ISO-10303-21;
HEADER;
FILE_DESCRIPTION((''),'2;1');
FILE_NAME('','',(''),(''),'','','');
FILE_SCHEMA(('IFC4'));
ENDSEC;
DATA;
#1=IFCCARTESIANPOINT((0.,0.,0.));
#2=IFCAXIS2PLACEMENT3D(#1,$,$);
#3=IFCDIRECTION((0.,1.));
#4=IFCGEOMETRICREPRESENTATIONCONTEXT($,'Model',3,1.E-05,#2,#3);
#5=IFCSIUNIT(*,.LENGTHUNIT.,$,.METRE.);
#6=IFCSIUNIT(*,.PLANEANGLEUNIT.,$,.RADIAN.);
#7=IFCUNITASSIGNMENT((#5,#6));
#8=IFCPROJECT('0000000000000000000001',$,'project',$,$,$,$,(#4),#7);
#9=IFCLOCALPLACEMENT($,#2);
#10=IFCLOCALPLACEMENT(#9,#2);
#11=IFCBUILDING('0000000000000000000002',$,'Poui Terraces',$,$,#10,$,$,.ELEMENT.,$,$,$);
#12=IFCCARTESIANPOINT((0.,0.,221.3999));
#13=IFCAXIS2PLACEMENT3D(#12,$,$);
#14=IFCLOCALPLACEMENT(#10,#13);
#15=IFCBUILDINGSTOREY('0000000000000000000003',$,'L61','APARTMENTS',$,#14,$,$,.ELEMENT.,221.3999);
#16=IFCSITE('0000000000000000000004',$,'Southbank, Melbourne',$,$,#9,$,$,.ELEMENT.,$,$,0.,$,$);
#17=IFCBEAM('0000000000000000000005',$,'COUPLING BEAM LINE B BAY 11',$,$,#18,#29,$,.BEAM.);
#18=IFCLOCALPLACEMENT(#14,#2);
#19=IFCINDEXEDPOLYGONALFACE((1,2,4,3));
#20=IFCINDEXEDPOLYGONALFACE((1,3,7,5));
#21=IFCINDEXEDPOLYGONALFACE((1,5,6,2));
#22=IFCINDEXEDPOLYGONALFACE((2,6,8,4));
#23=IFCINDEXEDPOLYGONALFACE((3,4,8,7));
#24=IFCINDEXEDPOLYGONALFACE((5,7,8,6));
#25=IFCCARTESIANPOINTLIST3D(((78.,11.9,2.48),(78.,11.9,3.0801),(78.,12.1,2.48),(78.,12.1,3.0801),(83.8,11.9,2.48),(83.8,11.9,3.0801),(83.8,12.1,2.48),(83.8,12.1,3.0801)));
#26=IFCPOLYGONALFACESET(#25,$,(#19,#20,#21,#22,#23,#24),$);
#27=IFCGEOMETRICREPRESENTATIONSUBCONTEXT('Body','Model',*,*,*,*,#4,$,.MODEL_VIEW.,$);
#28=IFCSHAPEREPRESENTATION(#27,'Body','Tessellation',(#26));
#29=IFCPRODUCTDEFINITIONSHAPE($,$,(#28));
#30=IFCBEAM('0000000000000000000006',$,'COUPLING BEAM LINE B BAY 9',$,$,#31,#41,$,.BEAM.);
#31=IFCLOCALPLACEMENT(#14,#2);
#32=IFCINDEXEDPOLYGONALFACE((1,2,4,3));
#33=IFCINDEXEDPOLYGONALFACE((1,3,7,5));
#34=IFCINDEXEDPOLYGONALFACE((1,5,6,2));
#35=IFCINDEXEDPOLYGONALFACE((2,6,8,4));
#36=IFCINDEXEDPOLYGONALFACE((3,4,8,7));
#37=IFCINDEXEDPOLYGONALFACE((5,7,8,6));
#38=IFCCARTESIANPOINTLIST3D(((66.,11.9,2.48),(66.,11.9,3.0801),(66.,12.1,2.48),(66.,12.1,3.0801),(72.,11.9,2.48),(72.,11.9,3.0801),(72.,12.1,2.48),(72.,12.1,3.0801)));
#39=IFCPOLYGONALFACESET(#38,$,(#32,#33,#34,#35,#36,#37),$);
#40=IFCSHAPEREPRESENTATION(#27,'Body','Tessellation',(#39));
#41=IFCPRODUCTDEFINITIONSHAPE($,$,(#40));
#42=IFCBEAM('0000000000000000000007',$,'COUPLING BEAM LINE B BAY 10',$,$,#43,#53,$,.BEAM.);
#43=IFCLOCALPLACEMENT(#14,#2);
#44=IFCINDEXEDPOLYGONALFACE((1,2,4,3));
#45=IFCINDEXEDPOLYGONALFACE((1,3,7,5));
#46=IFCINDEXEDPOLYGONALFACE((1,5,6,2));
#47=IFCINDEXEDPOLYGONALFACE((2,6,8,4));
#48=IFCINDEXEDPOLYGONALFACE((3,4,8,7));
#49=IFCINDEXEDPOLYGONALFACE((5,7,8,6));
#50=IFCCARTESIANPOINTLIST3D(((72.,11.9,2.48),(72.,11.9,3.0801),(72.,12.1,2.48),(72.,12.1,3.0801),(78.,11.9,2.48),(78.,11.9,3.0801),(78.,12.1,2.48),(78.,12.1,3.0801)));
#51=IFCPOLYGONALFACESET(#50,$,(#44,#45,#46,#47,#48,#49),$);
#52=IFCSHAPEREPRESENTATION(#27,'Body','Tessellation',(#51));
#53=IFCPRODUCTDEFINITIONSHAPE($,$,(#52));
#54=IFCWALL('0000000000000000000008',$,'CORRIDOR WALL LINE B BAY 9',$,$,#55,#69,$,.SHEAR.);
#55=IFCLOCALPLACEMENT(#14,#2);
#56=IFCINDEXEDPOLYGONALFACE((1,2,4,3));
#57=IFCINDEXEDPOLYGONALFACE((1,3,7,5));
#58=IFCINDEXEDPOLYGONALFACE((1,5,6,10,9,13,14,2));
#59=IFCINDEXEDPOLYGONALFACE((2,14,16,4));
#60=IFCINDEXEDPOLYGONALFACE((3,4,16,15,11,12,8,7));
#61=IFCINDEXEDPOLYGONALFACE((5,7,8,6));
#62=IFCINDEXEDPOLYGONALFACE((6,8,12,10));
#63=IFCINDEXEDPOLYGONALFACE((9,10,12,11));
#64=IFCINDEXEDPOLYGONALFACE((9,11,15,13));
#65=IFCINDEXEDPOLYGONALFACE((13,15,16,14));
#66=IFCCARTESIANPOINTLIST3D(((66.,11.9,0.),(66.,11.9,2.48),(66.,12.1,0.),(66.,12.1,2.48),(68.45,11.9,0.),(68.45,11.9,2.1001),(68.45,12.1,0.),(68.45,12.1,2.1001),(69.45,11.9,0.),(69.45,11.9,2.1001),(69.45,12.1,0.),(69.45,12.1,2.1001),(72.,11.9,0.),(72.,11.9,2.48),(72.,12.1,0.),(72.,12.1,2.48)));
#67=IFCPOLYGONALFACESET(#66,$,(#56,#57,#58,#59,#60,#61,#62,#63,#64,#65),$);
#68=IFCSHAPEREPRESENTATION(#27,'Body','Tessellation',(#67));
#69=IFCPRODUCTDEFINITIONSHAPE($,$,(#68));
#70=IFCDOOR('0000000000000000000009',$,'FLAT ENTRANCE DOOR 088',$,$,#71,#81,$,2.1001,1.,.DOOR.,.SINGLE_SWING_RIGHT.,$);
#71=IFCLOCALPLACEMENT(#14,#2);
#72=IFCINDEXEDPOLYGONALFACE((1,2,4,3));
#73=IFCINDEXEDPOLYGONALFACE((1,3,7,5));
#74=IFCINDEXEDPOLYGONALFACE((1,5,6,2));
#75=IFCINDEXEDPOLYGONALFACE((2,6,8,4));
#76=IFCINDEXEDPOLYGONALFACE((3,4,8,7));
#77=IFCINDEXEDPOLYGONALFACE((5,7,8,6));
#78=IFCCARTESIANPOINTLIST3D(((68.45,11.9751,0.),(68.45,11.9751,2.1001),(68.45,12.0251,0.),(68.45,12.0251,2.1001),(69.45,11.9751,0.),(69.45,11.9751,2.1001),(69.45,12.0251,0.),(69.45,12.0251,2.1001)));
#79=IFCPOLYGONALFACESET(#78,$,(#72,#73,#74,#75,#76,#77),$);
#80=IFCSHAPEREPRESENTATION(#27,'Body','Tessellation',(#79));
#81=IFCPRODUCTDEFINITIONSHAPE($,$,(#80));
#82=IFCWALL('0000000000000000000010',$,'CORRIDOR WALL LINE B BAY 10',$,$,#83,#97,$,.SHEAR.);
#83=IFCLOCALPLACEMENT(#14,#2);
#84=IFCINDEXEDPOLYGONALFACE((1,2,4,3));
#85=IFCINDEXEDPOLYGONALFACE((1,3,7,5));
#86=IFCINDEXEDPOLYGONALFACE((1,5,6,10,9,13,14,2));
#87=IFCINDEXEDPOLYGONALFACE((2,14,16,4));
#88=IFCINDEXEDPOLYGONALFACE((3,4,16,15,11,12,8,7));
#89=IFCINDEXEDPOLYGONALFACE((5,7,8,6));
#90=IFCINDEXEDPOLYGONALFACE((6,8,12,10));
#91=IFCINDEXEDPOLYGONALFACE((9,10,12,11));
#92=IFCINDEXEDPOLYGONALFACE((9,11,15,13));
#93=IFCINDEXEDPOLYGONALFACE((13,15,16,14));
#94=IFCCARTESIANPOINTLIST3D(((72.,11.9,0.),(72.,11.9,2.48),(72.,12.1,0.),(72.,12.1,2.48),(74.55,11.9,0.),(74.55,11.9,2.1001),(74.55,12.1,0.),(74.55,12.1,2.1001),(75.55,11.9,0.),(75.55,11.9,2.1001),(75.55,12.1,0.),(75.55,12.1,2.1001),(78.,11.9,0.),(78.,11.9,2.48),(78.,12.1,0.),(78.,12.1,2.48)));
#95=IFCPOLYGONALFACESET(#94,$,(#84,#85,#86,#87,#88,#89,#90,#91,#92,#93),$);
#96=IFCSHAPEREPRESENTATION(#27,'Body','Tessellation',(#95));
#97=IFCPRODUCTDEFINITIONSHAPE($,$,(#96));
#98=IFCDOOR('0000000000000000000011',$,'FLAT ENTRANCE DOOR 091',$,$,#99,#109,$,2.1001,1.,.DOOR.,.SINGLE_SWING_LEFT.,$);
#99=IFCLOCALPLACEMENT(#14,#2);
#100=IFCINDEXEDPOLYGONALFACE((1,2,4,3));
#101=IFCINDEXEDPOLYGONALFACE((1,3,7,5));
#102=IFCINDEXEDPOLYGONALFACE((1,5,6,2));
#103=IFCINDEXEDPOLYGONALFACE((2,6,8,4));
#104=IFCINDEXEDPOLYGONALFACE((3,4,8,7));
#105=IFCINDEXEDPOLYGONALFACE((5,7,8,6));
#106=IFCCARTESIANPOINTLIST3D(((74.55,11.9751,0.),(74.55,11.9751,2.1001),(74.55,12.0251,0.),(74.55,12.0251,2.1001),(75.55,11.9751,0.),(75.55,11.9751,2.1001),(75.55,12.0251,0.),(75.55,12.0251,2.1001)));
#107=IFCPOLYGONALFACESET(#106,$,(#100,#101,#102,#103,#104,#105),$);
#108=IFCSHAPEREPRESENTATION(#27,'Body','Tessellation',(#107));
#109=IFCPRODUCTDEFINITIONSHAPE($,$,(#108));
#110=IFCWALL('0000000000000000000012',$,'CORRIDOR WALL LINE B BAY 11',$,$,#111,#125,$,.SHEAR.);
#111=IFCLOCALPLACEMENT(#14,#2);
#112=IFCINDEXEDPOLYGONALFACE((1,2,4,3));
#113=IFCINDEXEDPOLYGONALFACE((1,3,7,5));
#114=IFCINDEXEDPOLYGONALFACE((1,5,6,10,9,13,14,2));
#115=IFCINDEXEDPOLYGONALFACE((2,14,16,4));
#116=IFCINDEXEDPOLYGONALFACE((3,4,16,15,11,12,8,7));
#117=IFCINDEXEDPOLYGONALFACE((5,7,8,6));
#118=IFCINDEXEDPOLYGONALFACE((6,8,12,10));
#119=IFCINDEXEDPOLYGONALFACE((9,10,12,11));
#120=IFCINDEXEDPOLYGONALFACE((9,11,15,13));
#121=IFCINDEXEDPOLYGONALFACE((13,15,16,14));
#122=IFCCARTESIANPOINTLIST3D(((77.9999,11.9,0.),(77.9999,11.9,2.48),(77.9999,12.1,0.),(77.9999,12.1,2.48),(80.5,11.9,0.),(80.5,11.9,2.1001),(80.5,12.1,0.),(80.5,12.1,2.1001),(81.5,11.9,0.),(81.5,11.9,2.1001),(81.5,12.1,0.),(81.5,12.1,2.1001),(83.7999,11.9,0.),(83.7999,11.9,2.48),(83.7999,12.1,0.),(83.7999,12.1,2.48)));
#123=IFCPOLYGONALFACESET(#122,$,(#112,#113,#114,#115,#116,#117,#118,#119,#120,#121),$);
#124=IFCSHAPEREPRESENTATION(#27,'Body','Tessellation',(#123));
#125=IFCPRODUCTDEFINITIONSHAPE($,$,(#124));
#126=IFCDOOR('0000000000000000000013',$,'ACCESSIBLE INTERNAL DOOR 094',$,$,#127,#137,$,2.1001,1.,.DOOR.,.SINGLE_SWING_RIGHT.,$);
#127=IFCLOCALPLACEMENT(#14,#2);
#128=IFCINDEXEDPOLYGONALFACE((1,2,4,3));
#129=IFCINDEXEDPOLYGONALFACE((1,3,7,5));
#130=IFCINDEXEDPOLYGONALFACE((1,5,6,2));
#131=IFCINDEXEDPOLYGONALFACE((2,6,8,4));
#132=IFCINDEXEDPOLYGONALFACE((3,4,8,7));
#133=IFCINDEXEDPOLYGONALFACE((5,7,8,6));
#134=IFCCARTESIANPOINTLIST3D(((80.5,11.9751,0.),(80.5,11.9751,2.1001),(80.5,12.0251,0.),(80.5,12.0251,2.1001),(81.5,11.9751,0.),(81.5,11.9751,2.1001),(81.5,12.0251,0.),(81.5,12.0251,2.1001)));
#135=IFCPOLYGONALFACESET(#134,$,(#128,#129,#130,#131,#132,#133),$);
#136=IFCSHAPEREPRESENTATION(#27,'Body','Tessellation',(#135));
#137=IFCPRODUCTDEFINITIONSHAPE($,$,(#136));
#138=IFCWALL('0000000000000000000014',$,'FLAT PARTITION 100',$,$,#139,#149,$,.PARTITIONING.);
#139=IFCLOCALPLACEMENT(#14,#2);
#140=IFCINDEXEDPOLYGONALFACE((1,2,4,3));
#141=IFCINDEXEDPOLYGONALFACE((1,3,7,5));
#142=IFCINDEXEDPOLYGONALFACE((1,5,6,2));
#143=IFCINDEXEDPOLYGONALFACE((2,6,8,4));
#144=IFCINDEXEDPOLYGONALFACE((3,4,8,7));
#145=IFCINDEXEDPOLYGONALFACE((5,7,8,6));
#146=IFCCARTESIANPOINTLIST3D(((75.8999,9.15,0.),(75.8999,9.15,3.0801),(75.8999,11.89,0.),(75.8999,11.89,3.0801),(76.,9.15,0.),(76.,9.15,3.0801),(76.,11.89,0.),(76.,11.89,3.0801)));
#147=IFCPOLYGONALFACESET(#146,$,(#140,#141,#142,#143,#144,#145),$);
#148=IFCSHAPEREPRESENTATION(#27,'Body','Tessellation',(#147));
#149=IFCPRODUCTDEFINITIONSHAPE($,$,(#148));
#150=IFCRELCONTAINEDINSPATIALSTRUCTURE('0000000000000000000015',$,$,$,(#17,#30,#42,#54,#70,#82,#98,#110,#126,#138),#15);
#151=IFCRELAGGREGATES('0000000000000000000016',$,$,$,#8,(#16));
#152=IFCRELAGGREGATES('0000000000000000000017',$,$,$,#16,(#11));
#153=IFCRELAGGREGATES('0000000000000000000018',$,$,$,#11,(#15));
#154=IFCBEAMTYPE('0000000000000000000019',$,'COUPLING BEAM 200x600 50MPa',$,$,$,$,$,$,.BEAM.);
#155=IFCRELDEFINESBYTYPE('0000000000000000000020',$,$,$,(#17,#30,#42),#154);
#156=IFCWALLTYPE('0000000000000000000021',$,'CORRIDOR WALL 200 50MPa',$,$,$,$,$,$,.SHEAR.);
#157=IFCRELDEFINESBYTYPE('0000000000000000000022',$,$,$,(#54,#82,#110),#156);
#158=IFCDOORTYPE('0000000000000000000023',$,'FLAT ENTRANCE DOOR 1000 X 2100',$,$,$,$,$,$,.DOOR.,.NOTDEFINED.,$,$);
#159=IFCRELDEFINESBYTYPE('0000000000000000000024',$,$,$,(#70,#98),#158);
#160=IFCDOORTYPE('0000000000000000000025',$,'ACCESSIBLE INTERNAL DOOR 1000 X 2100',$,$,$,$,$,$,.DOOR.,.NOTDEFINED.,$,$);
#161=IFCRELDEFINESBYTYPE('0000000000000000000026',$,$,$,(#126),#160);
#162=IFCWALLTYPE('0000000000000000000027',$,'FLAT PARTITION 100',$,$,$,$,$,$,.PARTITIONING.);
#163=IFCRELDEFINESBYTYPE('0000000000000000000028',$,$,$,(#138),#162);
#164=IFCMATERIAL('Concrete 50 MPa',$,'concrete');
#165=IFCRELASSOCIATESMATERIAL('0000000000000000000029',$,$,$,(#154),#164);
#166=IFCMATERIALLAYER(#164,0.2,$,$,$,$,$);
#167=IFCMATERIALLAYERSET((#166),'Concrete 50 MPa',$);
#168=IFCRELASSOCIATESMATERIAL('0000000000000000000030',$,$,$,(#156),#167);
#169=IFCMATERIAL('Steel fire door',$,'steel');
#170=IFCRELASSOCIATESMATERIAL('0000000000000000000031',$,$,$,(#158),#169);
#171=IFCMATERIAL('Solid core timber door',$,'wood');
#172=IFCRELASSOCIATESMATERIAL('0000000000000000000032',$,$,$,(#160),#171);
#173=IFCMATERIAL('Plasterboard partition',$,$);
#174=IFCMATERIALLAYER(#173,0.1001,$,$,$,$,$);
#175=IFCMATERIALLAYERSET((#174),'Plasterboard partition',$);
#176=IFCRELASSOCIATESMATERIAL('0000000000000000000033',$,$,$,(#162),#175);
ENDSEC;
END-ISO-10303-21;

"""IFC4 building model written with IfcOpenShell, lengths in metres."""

from ifc_helpers import new_model, si_unit, direction, frame, frame_2d, origin, origin_2d, place, context, subcontext, project, spatial, rectangle, extrude, source, transform, mapped, material, layer, layer_set, material_profile, profile_set, type_object, element, fill, save


model = new_model("IFC4")

# Units and contexts
model_context = context("Model", 3, precision=1e-05, world=origin(), true_north=direction((0.0, 1.0)))
body_context = subcontext(model_context, "Body", "Model", "MODEL_VIEW")
ifc_project = project(units=[si_unit("LENGTHUNIT", "METRE"), si_unit("PLANEANGLEUNIT", "RADIAN")], contexts=[model_context])

# Site, building, storey
site_placement = place(None, origin())
site = spatial("IfcSite", under=ifc_project, at=site_placement, Name="Southbank, Melbourne", CompositionType="ELEMENT", RefElevation=0.0)
building_placement = place(site_placement, origin())
building = spatial("IfcBuilding", under=site, at=building_placement, Name="Poui Terraces", CompositionType="ELEMENT")
storey_placement = place(building_placement, frame((0.0, 0.0, 221.3999)))
storey = spatial("IfcBuildingStorey", under=building, at=storey_placement, Name="L61", Description="APARTMENTS", CompositionType="ELEMENT", Elevation=221.3999)

# Beams
ifc_material_1 = material(Name="Concrete 50 MPa", Category="concrete")
ifc_material_profile = material_profile(ifc_material_1, rectangle(XDim=0.2, YDim=0.6001, at=origin_2d()), Name="RC 200x600")
ifc_profile_set = profile_set([ifc_material_profile], Name="Concrete 50 MPa")
beam_type = type_object("IfcBeamType", Name="COUPLING BEAM 200x600 50MPa", PredefinedType="BEAM", material=ifc_profile_set)
shared_shape_1 = source(origin(), body_context, "Body", "SweptSolid", [
    extrude(rectangle(XDim=0.2, YDim=0.6001, at=origin_2d()), origin(), (0.0, 0.0, 1.0), 5.8),
])
beam_placement = place(storey_placement, frame((78.0, 12.0, 2.78), z_axis=(1.0, 0.0, 0.0), x_axis=(0.0, 1.0, 0.0)))
element("IfcBeam", 1, at=beam_placement, inside=storey, type_object=beam_type, Name="COUPLING BEAM LINE B BAY 11", PredefinedType="BEAM", context=body_context, shape_type="MappedRepresentation", body=[
    mapped(shared_shape_1, transform((0.0, 0.0, 0.0))),
])
shared_shape_2 = source(origin(), body_context, "Body", "SweptSolid", [
    extrude(rectangle(XDim=0.2, YDim=0.6001, at=origin_2d()), origin(), (0.0, 0.0, 1.0), 6.0),
])
for number, where, z_axis, x_axis, name in (
    (2, (66.0, 12.0, 2.78), (1.0, 0.0, 0.0), (0.0, 1.0, 0.0), "COUPLING BEAM LINE B BAY 9"),
    (3, (72.0, 12.0, 2.78), (1.0, 0.0, 0.0), (0.0, 1.0, 0.0), "COUPLING BEAM LINE B BAY 10"),
):
    element("IfcBeam", number, at=place(storey_placement, frame(where, z_axis=z_axis, x_axis=x_axis)), inside=storey, type_object=beam_type, Name=name, PredefinedType="BEAM", context=body_context, shape_type="MappedRepresentation", body=[
        mapped(shared_shape_2, transform((0.0, 0.0, 0.0))),
    ])

# Walls, openings, doors
ifc_layer_1 = layer(ifc_material_1, 0.2)
ifc_layer_set_1 = layer_set([ifc_layer_1], Name="Concrete 50 MPa")
wall_type_1 = type_object("IfcWallType", Name="CORRIDOR WALL 200 50MPa", PredefinedType="SHEAR", material=ifc_layer_set_1)
wall_1_placement = place(storey_placement, frame((66.0, 12.0, 0.0), z_axis=(0.0, 0.0, 1.0), x_axis=(1.0, 0.0, 0.0)))
wall_1 = element("IfcWall", 4, at=wall_1_placement, inside=storey, type_object=wall_type_1, Name="CORRIDOR WALL LINE B BAY 9", PredefinedType="SHEAR", context=body_context, shape_type="SweptSolid", body=[
    extrude(rectangle(XDim=6.0, YDim=0.2, at=frame_2d((3.0, 0.0))), origin(), (0.0, 0.0, 1.0), 2.48),
])
opening_1_placement = place(wall_1_placement, frame((2.45, 0.0, 0.0)))
opening_1 = element("IfcOpeningElement", 5, at=opening_1_placement, cuts=wall_1, PredefinedType="OPENING", context=body_context, shape_type="SweptSolid", body=[
    extrude(rectangle(XDim=1.0, YDim=2.1001, at=frame_2d((0.5, 1.05))), frame((0.0, 0.1099, 0.0), z_axis=(0.0, -1.0, 0.0), x_axis=(1.0, 0.0, 0.0)), (0.0, 0.0, 1.0), 0.22),
])
ifc_material_2 = material(Name="Steel fire door", Category="steel")
door_type_1 = type_object("IfcDoorType", Name="FLAT ENTRANCE DOOR 1000 X 2100", OperationType="NOTDEFINED", PredefinedType="DOOR", material=ifc_material_2)
door_1_placement = place(opening_1_placement, frame((1.0, 0.0, 0.0), z_axis=(0.0, 0.0, 1.0), x_axis=(-1.0, 0.0, 0.0)))
door_1 = element("IfcDoor", 6, at=door_1_placement, inside=storey, type_object=door_type_1, Name="FLAT ENTRANCE DOOR 088", OperationType="SINGLE_SWING_RIGHT", OverallHeight=2.1001, OverallWidth=1.0, PredefinedType="DOOR", context=body_context, shape_type="SweptSolid", body=[
    extrude(rectangle(XDim=1.0, YDim=2.1001, at=frame_2d((0.5, 1.05))), frame((0.0, 0.0249, 0.0), z_axis=(0.0, -1.0, 0.0), x_axis=(1.0, 0.0, 0.0)), (0.0, 0.0, 1.0), 0.05),
])
fill(opening_1, door_1)
wall_2_placement = place(storey_placement, frame((72.0, 12.0, 0.0), z_axis=(0.0, 0.0, 1.0), x_axis=(1.0, 0.0, 0.0)))
wall_2 = element("IfcWall", 7, at=wall_2_placement, inside=storey, type_object=wall_type_1, Name="CORRIDOR WALL LINE B BAY 10", PredefinedType="SHEAR", context=body_context, shape_type="SweptSolid", body=[
    extrude(rectangle(XDim=6.0, YDim=0.2, at=frame_2d((3.0, 0.0))), origin(), (0.0, 0.0, 1.0), 2.48),
])
opening_2_placement = place(wall_2_placement, frame((2.55, 0.0, 0.0)))
opening_2 = element("IfcOpeningElement", 8, at=opening_2_placement, cuts=wall_2, PredefinedType="OPENING", context=body_context, shape_type="SweptSolid", body=[
    extrude(rectangle(XDim=1.0, YDim=2.1001, at=frame_2d((0.5, 1.05))), frame((0.0, 0.1099, 0.0), z_axis=(0.0, -1.0, 0.0), x_axis=(1.0, 0.0, 0.0)), (0.0, 0.0, 1.0), 0.22),
])
door_2_placement = place(opening_2_placement, frame((1.0, 0.0, 0.0), z_axis=(0.0, 0.0, 1.0), x_axis=(-1.0, 0.0, 0.0)))
door_2 = element("IfcDoor", 9, at=door_2_placement, inside=storey, type_object=door_type_1, Name="FLAT ENTRANCE DOOR 091", OperationType="SINGLE_SWING_LEFT", OverallHeight=2.1001, OverallWidth=1.0, PredefinedType="DOOR", context=body_context, shape_type="SweptSolid", body=[
    extrude(rectangle(XDim=1.0, YDim=2.1001, at=frame_2d((0.5, 1.05))), frame((0.0, 0.0249, 0.0), z_axis=(0.0, -1.0, 0.0), x_axis=(1.0, 0.0, 0.0)), (0.0, 0.0, 1.0), 0.05),
])
fill(opening_2, door_2)
wall_3_placement = place(storey_placement, frame((78.0, 12.0, 0.0), z_axis=(0.0, 0.0, 1.0), x_axis=(1.0, 0.0, 0.0)))
wall_3 = element("IfcWall", 10, at=wall_3_placement, inside=storey, type_object=wall_type_1, Name="CORRIDOR WALL LINE B BAY 11", PredefinedType="SHEAR", context=body_context, shape_type="SweptSolid", body=[
    extrude(rectangle(XDim=5.8, YDim=0.2, at=frame_2d((2.8999, 0.0))), origin(), (0.0, 0.0, 1.0), 2.48),
])
opening_3_placement = place(wall_3_placement, frame((2.5, 0.0, 0.0)))
opening_3 = element("IfcOpeningElement", 11, at=opening_3_placement, cuts=wall_3, PredefinedType="OPENING", context=body_context, shape_type="SweptSolid", body=[
    extrude(rectangle(XDim=1.0, YDim=2.1001, at=frame_2d((0.5, 1.05))), frame((0.0, 0.1099, 0.0), z_axis=(0.0, -1.0, 0.0), x_axis=(1.0, 0.0, 0.0)), (0.0, 0.0, 1.0), 0.22),
])
ifc_material_3 = material(Name="Solid core timber door", Category="wood")
door_type_2 = type_object("IfcDoorType", Name="ACCESSIBLE INTERNAL DOOR 1000 X 2100", OperationType="NOTDEFINED", PredefinedType="DOOR", material=ifc_material_3)
door_3_placement = place(opening_3_placement, frame((1.0, 0.0, 0.0), z_axis=(0.0, 0.0, 1.0), x_axis=(-1.0, 0.0, 0.0)))
door_3 = element("IfcDoor", 12, at=door_3_placement, inside=storey, type_object=door_type_2, Name="ACCESSIBLE INTERNAL DOOR 094", OperationType="SINGLE_SWING_RIGHT", OverallHeight=2.1001, OverallWidth=1.0, PredefinedType="DOOR", context=body_context, shape_type="SweptSolid", body=[
    extrude(rectangle(XDim=1.0, YDim=2.1001, at=frame_2d((0.5, 1.05))), frame((0.0, 0.0249, 0.0), z_axis=(0.0, -1.0, 0.0), x_axis=(1.0, 0.0, 0.0)), (0.0, 0.0, 1.0), 0.05),
])
fill(opening_3, door_3)

# Wall
ifc_material_4 = material(Name="Plasterboard partition")
ifc_layer_2 = layer(ifc_material_4, 0.1001)
ifc_layer_set_2 = layer_set([ifc_layer_2], Name="Plasterboard partition")
wall_type_2 = type_object("IfcWallType", Name="FLAT PARTITION 100", PredefinedType="PARTITIONING", material=ifc_layer_set_2)
wall_4_placement = place(storey_placement, frame((75.95, 9.1499, 0.0), z_axis=(0.0, 0.0, 1.0), x_axis=(0.0, 1.0, 0.0)))
element("IfcWall", 13, at=wall_4_placement, inside=storey, type_object=wall_type_2, Name="FLAT PARTITION 100", PredefinedType="PARTITIONING", context=body_context, shape_type="SweptSolid", body=[
    extrude(rectangle(XDim=2.74, YDim=0.1001, at=frame_2d((1.3701, 0.0))), origin(), (0.0, 0.0, 1.0), 3.0801),
])

save(model, "model.ifc")
